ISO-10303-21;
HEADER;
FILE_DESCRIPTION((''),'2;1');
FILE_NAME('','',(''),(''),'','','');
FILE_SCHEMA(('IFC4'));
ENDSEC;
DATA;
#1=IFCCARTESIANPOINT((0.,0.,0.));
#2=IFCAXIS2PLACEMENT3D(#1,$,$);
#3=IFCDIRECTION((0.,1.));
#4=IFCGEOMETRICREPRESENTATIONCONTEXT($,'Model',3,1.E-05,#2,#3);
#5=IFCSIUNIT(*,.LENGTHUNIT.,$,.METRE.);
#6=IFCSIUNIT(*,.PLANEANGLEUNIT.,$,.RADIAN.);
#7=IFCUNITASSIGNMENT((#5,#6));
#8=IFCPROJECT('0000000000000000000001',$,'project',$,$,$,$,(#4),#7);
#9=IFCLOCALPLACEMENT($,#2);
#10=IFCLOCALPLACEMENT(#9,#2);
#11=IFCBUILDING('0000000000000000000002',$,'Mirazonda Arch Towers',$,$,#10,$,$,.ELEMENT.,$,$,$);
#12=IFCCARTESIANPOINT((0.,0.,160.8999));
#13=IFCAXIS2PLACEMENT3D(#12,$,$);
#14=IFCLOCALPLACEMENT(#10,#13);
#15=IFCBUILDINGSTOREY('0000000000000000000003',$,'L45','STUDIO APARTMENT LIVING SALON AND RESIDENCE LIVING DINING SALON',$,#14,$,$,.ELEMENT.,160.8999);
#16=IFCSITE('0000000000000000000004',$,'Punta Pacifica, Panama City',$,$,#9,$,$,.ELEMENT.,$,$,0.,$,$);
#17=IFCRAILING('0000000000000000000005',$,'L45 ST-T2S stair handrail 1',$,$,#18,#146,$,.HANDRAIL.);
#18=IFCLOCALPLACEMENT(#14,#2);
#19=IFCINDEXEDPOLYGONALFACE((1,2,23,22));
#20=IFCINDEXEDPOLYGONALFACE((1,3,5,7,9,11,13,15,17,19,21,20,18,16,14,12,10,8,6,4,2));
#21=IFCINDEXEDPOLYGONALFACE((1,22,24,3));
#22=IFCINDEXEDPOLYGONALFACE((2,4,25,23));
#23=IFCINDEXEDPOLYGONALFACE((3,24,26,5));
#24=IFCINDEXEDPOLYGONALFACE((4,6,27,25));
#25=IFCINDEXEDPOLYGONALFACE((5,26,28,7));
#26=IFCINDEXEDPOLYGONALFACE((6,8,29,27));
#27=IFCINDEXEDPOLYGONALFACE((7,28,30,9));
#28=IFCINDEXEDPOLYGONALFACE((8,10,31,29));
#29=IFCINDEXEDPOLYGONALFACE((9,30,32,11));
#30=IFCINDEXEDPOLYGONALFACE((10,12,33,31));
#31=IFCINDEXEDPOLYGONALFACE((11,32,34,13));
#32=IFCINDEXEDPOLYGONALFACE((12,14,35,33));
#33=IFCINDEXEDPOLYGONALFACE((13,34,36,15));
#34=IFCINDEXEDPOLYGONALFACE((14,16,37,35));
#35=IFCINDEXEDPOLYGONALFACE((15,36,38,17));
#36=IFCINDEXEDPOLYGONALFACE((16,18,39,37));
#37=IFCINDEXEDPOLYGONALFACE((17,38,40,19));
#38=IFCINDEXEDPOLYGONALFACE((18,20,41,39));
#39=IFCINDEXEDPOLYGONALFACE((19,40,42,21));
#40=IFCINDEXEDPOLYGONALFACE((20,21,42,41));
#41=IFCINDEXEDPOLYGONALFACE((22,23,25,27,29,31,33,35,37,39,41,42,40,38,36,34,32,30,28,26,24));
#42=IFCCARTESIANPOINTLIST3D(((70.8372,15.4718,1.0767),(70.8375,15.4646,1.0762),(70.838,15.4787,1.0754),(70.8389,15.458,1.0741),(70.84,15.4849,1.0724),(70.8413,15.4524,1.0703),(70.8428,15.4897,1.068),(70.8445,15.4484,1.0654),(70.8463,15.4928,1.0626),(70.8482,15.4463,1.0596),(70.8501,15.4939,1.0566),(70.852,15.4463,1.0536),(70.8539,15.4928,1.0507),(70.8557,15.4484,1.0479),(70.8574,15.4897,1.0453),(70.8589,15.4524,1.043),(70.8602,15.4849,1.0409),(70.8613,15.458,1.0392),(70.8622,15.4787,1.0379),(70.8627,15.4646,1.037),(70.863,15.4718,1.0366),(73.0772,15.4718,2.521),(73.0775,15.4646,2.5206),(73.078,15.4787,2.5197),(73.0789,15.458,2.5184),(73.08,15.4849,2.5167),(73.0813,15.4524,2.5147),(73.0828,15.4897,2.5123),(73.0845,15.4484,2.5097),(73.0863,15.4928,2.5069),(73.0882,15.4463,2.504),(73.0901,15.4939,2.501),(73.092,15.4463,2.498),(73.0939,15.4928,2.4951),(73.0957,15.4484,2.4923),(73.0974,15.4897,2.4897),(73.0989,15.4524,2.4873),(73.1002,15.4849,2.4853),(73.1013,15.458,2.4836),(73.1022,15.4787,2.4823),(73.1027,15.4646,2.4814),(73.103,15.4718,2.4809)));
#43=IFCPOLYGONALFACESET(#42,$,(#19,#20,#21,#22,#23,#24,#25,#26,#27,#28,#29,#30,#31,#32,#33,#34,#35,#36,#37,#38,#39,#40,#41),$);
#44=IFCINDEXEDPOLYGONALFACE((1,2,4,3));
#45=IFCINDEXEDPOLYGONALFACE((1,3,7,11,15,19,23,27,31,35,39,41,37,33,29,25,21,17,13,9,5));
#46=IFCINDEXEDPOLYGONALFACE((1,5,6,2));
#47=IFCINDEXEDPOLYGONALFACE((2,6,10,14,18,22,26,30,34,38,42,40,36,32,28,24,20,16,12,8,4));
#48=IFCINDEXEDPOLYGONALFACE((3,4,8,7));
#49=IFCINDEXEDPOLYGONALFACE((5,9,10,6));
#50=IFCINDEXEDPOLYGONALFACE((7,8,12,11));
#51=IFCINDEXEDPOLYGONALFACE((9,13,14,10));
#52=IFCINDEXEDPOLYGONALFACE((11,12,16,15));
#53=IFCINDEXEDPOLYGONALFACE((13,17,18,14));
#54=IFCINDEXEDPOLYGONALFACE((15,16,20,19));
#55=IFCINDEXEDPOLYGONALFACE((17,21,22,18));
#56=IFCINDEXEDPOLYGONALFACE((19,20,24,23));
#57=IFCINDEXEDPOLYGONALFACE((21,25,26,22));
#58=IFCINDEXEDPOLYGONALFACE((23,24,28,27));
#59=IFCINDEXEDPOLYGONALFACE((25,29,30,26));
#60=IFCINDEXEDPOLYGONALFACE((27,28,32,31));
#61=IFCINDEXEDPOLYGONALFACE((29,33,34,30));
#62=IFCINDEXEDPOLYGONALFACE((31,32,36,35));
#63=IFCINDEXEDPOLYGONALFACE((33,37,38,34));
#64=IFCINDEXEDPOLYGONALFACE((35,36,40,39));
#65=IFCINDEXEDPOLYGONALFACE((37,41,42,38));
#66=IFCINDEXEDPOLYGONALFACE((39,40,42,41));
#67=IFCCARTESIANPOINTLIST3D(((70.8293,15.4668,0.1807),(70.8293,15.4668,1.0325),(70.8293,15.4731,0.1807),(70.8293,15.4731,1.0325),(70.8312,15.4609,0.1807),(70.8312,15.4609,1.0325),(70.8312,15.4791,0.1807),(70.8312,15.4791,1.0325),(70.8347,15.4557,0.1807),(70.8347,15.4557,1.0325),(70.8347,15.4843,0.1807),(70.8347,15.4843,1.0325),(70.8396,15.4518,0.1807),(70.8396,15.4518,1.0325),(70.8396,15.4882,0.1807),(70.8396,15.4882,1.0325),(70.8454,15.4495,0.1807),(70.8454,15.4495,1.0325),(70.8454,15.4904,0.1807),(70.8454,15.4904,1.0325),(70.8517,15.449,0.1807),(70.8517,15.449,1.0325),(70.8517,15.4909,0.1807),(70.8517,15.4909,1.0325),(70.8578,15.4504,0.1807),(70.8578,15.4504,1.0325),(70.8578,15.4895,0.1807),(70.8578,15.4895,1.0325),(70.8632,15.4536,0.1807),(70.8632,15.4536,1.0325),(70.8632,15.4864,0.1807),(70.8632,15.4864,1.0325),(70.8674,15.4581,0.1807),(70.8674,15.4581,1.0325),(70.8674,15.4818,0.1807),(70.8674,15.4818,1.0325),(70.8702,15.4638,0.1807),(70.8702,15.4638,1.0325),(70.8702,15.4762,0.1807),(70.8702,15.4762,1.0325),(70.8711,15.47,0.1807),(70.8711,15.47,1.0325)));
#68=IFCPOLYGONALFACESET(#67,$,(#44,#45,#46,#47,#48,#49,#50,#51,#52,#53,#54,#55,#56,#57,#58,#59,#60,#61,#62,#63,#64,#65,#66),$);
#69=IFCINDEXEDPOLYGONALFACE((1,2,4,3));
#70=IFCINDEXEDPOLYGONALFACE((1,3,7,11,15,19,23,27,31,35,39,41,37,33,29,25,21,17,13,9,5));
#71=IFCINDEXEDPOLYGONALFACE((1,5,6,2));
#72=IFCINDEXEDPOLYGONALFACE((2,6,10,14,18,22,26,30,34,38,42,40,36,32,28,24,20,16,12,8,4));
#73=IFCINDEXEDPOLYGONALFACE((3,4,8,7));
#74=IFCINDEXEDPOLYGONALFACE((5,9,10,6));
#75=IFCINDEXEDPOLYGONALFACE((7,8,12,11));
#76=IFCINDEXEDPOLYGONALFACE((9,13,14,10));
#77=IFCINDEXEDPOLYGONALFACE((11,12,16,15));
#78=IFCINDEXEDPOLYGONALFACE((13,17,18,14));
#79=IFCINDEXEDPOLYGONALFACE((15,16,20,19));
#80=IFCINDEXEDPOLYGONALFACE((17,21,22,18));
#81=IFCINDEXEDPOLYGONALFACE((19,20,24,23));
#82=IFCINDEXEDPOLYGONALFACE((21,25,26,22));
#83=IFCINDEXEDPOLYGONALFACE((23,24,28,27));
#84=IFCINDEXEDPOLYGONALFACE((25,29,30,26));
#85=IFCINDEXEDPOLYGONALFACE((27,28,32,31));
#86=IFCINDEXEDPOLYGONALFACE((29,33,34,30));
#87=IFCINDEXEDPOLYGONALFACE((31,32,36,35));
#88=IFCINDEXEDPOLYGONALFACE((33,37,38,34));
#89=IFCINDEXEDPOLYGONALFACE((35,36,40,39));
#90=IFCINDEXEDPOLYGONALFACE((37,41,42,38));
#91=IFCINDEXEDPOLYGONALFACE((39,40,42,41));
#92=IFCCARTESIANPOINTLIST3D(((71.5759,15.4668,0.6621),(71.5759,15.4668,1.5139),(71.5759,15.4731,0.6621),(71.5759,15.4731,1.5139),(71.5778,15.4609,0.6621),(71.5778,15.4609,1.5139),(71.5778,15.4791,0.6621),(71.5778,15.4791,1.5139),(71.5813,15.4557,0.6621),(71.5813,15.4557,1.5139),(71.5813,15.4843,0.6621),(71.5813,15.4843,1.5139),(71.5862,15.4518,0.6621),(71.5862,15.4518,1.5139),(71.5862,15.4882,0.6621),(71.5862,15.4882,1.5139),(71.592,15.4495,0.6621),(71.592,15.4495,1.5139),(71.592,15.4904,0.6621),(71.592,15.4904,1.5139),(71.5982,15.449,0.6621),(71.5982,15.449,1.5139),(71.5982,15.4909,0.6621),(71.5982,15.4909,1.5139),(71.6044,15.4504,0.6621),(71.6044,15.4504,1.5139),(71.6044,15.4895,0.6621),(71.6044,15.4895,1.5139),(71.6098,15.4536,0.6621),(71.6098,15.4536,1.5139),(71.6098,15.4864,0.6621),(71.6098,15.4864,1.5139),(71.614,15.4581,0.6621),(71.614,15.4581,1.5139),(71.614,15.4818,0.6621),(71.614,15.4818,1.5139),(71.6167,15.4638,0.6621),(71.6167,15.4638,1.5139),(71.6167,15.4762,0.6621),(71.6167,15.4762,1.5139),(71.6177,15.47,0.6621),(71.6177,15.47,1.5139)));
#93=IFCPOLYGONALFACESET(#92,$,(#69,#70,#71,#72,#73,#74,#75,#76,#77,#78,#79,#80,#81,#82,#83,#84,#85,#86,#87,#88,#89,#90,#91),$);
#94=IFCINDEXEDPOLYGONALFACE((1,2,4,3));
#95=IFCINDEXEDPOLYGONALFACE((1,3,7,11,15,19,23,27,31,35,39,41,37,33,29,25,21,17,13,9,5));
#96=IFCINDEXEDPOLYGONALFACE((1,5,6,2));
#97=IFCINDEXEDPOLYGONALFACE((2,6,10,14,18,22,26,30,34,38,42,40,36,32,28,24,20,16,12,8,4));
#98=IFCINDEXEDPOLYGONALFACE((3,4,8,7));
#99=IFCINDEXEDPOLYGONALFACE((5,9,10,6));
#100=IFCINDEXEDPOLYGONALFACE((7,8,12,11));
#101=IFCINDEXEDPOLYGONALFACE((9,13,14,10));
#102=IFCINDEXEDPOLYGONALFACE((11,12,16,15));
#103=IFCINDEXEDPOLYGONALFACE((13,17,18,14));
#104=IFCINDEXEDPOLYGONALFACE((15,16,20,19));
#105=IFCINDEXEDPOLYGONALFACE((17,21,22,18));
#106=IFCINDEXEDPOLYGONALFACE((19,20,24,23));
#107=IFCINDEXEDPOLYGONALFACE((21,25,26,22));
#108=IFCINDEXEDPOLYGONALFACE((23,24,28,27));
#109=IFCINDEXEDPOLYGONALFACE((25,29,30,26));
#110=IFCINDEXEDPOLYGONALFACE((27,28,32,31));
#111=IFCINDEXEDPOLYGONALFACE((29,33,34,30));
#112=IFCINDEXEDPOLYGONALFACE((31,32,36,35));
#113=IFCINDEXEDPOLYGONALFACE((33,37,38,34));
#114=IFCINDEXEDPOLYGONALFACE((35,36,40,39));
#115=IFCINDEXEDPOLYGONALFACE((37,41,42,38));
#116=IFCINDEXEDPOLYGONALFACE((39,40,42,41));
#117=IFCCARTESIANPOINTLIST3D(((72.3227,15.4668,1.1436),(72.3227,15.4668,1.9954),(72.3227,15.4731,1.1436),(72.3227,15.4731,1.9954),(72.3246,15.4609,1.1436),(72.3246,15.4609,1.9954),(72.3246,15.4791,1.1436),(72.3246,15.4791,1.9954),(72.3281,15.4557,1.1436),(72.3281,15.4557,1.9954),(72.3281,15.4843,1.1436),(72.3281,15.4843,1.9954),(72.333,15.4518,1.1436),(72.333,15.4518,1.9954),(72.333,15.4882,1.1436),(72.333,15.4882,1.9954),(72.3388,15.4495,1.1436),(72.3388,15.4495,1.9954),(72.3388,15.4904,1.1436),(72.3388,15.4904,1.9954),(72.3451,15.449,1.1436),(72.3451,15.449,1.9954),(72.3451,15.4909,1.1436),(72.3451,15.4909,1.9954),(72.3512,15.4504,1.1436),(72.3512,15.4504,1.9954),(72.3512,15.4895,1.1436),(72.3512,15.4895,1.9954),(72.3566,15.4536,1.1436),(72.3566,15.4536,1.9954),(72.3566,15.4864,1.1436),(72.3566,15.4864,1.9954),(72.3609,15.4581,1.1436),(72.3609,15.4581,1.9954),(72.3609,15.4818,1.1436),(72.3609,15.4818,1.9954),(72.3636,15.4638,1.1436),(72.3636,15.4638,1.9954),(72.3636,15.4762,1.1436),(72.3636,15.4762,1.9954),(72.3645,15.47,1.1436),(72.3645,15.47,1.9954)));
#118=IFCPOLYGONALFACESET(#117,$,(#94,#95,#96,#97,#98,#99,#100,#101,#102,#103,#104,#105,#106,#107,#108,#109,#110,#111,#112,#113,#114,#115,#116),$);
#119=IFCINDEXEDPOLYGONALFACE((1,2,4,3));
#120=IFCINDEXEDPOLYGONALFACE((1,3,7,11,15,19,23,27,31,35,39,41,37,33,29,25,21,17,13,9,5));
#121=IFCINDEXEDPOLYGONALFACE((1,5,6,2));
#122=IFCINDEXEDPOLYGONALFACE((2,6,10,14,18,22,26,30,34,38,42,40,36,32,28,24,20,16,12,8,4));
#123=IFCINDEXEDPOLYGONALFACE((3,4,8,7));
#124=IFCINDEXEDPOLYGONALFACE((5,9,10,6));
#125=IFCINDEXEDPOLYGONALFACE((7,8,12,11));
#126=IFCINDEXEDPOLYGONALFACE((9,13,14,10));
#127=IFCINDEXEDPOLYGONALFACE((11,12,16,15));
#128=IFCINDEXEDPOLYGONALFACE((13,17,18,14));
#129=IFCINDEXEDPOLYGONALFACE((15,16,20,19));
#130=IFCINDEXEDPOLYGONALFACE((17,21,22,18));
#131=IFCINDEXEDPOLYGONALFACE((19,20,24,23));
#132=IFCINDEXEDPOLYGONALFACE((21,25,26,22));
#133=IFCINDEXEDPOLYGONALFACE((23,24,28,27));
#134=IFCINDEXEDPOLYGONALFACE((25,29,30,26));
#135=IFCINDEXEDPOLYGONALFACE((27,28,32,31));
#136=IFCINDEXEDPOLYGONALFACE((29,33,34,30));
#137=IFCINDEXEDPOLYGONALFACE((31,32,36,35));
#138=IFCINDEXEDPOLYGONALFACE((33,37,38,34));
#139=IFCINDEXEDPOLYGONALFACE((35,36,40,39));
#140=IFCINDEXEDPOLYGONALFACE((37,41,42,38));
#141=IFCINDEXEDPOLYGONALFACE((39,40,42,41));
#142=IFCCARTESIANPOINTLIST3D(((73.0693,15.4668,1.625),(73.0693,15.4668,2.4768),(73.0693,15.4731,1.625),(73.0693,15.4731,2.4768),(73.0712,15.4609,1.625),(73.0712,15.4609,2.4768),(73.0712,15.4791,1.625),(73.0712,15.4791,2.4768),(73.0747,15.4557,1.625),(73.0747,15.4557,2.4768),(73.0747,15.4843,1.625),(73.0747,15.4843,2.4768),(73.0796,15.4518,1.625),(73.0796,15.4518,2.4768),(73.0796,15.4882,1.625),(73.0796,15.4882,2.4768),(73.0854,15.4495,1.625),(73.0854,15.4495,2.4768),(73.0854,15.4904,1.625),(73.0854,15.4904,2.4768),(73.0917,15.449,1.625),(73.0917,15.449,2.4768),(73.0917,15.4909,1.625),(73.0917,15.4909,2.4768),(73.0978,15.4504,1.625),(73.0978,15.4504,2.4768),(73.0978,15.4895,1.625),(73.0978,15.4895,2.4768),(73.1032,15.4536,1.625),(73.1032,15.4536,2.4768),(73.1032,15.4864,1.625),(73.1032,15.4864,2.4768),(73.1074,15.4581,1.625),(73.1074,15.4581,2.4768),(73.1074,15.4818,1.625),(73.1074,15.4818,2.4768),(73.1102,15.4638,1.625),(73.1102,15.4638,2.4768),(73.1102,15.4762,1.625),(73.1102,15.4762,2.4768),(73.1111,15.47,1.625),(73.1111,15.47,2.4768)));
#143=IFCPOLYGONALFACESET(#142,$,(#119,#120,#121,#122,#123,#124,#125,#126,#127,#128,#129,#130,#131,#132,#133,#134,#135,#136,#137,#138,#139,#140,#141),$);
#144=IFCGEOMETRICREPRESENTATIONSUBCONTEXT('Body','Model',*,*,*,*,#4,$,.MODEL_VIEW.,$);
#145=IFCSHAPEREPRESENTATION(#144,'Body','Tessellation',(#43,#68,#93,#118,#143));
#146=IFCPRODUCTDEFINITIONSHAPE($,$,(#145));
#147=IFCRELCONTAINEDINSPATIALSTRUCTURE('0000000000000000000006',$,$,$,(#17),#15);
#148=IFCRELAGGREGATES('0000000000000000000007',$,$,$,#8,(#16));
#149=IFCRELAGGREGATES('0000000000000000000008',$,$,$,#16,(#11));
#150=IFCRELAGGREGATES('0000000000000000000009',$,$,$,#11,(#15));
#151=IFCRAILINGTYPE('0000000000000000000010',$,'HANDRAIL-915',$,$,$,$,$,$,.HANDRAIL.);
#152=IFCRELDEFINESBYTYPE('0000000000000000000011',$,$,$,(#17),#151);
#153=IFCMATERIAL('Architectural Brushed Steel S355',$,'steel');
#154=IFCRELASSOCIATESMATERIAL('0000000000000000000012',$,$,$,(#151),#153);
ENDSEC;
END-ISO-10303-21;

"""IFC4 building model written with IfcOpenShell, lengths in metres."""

from ifc_helpers import new_model, si_unit, direction, frame, origin, origin_2d, place, context, subcontext, project, spatial, circle, extrude, material, type_object, element, save


model = new_model("IFC4")

# Units and contexts
model_context = context("Model", 3, precision=1e-05, world=origin(), true_north=direction((0.0, 1.0)))
body_context = subcontext(model_context, "Body", "Model", "MODEL_VIEW")
ifc_project = project(units=[si_unit("LENGTHUNIT", "METRE"), si_unit("PLANEANGLEUNIT", "RADIAN")], contexts=[model_context])

# Site, building, storey
site_placement = place(None, origin())
site = spatial("IfcSite", under=ifc_project, at=site_placement, Name="Punta Pacifica, Panama City", CompositionType="ELEMENT", RefElevation=0.0)
building_placement = place(site_placement, origin())
building = spatial("IfcBuilding", under=site, at=building_placement, Name="Mirazonda Arch Towers", CompositionType="ELEMENT")
storey_placement = place(building_placement, frame((0.0, 0.0, 160.8999)))
storey = spatial("IfcBuildingStorey", under=building, at=storey_placement, Name="L45", Description="STUDIO APARTMENT LIVING SALON AND RESIDENCE LIVING DINING SALON", CompositionType="ELEMENT", Elevation=160.8999)

# Railing
ifc_material_1 = material(Name="Architectural Brushed Steel S355", Category="steel")
railing_type_1 = type_object("IfcRailingType", Name="HANDRAIL-915", PredefinedType="HANDRAIL", material=ifc_material_1)
railing_1_placement = place(storey_placement, frame((70.8501, 15.47, 0.1807)))
element("IfcRailing", 1, at=railing_1_placement, inside=storey, type_object=railing_type_1, Name="L45 ST-T2S stair handrail 1", PredefinedType="HANDRAIL", context=body_context, shape_type="SweptSolid", body=[
    extrude(circle(Radius=0.0239, at=origin_2d()), frame((0.0, 0.0, 0.876), z_axis=(0.840437, 0.0, 0.54191), x_axis=(0.0, 1.0, 0.0)), (0.0, 0.0, 1.0), 2.6653),
    extrude(circle(Radius=0.021, at=origin_2d()), origin(), (0.0, 0.0, 1.0), 0.8518),
    extrude(circle(Radius=0.021, at=origin_2d()), frame((0.7466, 0.0, 0.4814)), (0.0, 0.0, 1.0), 0.8518),
    extrude(circle(Radius=0.021, at=origin_2d()), frame((1.4934, 0.0, 0.9629)), (0.0, 0.0, 1.0), 0.8518),
    extrude(circle(Radius=0.021, at=origin_2d()), frame((2.24, 0.0, 1.4443)), (0.0, 0.0, 1.0), 0.8518),
])

save(model, "model.ifc")
